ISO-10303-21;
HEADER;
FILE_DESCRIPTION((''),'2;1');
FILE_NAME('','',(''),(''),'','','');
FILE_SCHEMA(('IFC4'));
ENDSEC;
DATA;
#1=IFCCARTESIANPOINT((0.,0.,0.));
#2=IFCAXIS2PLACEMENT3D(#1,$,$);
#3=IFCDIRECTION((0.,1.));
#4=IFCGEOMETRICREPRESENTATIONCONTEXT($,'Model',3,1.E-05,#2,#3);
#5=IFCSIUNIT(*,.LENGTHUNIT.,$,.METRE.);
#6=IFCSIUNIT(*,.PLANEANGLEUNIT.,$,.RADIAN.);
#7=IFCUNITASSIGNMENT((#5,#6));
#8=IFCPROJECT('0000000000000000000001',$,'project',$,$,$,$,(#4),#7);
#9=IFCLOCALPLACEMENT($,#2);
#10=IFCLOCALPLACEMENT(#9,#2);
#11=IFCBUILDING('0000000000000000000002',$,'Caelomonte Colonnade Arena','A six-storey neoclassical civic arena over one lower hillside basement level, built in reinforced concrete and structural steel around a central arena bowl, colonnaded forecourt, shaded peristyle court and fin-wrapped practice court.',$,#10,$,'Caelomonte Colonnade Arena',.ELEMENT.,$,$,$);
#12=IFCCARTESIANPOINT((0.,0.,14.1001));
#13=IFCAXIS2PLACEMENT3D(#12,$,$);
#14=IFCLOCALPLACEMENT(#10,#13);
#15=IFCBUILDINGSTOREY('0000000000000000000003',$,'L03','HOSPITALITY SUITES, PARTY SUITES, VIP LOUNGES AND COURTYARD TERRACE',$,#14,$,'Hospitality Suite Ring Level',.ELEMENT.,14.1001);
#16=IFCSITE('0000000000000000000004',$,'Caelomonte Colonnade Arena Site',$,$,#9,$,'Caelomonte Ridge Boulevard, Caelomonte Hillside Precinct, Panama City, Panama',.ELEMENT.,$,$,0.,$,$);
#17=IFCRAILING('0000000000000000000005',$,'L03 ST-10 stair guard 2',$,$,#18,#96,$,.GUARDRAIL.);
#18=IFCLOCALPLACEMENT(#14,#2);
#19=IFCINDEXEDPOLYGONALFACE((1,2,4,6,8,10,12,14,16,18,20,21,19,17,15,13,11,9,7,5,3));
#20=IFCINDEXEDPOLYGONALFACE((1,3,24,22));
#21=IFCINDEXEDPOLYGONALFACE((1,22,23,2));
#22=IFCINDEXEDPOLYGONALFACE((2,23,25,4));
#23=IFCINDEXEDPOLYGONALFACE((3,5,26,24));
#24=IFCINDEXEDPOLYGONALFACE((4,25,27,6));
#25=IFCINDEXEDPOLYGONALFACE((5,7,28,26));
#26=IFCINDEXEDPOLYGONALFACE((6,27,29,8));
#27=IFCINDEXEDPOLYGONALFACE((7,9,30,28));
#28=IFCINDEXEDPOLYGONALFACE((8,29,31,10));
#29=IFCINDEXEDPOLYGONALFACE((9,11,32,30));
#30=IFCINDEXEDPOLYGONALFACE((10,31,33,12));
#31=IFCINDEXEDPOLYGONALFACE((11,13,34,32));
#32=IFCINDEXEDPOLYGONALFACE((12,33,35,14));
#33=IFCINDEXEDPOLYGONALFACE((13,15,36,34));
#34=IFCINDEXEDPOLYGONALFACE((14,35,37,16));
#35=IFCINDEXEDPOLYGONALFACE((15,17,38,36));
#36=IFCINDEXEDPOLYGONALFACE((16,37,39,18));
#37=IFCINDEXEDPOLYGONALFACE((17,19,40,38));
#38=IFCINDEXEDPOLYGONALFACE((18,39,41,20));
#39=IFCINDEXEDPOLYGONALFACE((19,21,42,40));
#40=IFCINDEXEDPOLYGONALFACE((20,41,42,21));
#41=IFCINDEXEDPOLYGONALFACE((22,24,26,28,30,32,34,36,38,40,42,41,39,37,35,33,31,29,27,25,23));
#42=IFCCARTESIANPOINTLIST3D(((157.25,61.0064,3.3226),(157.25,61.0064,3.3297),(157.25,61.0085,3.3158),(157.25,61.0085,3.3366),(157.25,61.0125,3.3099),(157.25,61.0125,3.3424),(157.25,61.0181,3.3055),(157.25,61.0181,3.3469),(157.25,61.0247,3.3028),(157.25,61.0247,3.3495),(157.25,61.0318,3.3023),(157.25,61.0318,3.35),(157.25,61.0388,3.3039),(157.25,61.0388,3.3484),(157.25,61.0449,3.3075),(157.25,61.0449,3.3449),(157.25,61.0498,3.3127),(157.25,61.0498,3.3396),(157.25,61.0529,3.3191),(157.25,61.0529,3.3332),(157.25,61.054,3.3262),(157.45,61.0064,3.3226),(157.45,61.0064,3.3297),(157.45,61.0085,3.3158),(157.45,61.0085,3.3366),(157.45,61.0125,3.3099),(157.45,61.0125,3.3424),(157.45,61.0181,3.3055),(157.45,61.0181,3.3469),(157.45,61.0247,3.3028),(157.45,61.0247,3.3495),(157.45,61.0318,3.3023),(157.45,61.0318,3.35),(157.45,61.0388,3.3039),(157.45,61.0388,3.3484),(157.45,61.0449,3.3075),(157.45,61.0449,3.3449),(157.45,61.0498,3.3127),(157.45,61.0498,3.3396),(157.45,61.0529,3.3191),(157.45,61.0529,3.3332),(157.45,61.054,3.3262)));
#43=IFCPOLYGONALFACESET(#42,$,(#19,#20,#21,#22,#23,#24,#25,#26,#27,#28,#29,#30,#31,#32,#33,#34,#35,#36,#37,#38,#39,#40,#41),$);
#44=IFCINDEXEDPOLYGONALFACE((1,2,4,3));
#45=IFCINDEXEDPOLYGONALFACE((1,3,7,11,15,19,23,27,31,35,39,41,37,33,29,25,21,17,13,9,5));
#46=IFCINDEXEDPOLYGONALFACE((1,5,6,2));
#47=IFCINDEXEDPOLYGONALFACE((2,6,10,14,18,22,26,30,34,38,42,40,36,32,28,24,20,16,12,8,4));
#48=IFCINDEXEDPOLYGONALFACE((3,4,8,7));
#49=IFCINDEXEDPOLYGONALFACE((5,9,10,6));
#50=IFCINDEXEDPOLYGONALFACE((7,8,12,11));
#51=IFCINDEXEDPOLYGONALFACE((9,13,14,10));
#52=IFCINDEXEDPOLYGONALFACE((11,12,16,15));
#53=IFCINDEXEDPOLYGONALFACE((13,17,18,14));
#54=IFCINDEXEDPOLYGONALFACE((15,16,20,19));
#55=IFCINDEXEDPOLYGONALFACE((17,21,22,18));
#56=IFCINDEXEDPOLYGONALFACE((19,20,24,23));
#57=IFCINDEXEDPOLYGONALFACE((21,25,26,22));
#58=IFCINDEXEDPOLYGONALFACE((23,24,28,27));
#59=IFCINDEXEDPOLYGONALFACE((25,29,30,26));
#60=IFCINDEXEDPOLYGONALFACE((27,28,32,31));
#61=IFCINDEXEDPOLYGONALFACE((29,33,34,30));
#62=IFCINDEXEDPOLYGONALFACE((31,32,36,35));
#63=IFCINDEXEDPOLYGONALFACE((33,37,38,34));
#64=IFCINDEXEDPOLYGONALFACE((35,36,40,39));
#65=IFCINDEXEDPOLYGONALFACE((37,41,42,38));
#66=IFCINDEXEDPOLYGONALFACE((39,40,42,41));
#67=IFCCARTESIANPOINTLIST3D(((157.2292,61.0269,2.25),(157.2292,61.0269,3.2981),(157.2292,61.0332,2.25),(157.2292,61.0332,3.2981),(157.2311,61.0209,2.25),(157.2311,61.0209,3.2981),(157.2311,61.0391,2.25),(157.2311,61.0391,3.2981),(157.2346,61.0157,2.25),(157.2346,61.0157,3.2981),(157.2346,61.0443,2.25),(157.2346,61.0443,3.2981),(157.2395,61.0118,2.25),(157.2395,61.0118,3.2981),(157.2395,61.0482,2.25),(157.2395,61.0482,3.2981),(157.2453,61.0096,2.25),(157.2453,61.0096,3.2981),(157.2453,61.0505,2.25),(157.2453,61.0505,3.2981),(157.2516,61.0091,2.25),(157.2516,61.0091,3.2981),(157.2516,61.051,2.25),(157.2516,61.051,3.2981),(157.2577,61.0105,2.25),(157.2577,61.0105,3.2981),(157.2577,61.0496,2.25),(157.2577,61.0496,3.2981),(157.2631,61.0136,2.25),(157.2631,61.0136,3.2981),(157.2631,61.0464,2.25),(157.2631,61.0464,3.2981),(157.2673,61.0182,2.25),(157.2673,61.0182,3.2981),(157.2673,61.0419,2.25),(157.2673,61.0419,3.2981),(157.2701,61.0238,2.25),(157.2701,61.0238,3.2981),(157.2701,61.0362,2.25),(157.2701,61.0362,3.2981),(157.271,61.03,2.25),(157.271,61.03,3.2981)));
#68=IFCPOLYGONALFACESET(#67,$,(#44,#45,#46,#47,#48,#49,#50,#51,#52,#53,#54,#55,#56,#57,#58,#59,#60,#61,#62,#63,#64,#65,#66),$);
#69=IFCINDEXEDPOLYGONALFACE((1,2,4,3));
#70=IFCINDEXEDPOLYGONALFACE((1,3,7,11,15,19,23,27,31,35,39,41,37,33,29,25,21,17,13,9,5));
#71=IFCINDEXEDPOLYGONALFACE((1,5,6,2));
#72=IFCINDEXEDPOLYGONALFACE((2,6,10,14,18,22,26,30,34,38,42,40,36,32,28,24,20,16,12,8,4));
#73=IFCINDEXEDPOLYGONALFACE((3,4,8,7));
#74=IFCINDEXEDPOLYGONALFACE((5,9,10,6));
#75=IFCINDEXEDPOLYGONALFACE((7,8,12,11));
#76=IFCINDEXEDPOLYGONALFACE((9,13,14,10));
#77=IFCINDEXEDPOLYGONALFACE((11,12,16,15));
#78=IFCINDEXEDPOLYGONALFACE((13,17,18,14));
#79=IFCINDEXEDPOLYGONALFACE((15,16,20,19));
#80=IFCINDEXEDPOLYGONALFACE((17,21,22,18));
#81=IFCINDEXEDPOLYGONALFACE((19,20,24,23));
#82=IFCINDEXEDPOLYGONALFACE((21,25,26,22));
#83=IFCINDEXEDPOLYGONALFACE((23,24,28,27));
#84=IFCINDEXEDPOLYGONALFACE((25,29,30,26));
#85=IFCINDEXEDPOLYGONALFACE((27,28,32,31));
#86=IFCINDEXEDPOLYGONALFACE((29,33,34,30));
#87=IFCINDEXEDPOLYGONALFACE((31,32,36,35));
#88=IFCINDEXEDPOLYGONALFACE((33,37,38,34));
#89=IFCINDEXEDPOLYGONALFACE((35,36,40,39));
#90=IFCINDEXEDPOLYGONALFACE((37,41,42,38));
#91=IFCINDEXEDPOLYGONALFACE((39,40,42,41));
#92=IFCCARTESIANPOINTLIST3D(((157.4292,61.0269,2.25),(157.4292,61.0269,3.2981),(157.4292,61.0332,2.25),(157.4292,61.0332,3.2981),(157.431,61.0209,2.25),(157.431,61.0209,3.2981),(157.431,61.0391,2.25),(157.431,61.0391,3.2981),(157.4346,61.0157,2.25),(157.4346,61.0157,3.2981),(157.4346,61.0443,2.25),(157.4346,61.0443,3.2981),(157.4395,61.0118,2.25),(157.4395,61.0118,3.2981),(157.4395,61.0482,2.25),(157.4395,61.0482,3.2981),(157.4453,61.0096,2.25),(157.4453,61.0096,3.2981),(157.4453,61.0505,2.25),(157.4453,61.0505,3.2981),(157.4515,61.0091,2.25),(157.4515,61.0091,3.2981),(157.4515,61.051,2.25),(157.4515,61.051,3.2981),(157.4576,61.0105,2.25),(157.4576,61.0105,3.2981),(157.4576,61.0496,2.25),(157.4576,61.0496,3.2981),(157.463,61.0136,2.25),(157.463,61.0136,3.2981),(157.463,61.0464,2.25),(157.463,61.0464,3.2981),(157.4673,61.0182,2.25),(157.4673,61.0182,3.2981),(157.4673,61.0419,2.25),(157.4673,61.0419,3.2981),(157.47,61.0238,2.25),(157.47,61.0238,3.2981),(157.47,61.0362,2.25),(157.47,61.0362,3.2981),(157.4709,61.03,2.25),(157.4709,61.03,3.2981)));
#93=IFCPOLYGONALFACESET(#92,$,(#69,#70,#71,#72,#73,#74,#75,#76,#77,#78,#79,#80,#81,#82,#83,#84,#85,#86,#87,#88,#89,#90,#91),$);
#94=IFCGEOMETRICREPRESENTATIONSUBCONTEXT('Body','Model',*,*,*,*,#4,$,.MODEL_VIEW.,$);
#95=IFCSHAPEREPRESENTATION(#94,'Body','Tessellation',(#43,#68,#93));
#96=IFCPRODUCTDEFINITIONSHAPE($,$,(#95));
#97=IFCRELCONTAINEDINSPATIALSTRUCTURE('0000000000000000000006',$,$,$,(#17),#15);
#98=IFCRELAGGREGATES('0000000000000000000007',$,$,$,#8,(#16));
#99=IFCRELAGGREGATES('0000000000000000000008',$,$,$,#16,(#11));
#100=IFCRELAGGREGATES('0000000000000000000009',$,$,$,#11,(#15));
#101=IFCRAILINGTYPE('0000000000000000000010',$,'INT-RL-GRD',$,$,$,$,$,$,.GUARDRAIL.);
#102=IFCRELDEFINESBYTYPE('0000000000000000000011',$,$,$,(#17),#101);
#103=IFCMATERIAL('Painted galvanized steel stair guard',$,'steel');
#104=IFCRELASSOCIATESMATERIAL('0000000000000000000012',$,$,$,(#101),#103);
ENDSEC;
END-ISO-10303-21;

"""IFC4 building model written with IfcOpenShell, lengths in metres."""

from ifc_helpers import new_model, si_unit, direction, frame, origin, origin_2d, place, context, subcontext, project, spatial, circle, extrude, material, type_object, element, save


model = new_model("IFC4")

# Units and contexts
model_context = context("Model", 3, precision=1e-05, world=origin(), true_north=direction((0.0, 1.0)))
body_context = subcontext(model_context, "Body", "Model", "MODEL_VIEW")
ifc_project = project(units=[si_unit("LENGTHUNIT", "METRE"), si_unit("PLANEANGLEUNIT", "RADIAN")], contexts=[model_context])

# Site, building, storey
site_placement = place(None, origin())
site = spatial("IfcSite", under=ifc_project, at=site_placement, Name="Caelomonte Colonnade Arena Site", LongName="Caelomonte Ridge Boulevard, Caelomonte Hillside Precinct, Panama City, Panama", CompositionType="ELEMENT", RefElevation=0.0)
building_placement = place(site_placement, origin())
building = spatial("IfcBuilding", under=site, at=building_placement, Name="Caelomonte Colonnade Arena", Description="A six-storey neoclassical civic arena over one lower hillside basement level, built in reinforced concrete and structural steel around a central arena bowl, colonnaded forecourt, shaded peristyle court and fin-wrapped practice court.", LongName="Caelomonte Colonnade Arena", CompositionType="ELEMENT")
storey_placement = place(building_placement, frame((0.0, 0.0, 14.1001)))
storey = spatial("IfcBuildingStorey", under=building, at=storey_placement, Name="L03", Description="HOSPITALITY SUITES, PARTY SUITES, VIP LOUNGES AND COURTYARD TERRACE", LongName="Hospitality Suite Ring Level", CompositionType="ELEMENT", Elevation=14.1001)

# Railing
ifc_material_1 = material(Name="Painted galvanized steel stair guard", Category="steel")
railing_type_1 = type_object("IfcRailingType", Name="INT-RL-GRD", PredefinedType="GUARDRAIL", material=ifc_material_1)
railing_1_placement = place(storey_placement, frame((157.25, 61.03, 2.25)))
element("IfcRailing", 1, at=railing_1_placement, inside=storey, type_object=railing_type_1, Name="L03 ST-10 stair guard 2", PredefinedType="GUARDRAIL", context=body_context, shape_type="SweptSolid", body=[
    extrude(circle(Radius=0.0239, at=origin_2d()), frame((0.0, 0.0, 1.0762), z_axis=(1.0, 0.0, 0.0), x_axis=(0.0, 1.0, 0.0)), (0.0, 0.0, 1.0), 0.2),
    extrude(circle(Radius=0.021, at=origin_2d()), origin(), (0.0, 0.0, 1.0), 1.0481),
    extrude(circle(Radius=0.021, at=origin_2d()), frame((0.2, 0.0, 0.0)), (0.0, 0.0, 1.0), 1.0481),
])

save(model, "model.ifc")
